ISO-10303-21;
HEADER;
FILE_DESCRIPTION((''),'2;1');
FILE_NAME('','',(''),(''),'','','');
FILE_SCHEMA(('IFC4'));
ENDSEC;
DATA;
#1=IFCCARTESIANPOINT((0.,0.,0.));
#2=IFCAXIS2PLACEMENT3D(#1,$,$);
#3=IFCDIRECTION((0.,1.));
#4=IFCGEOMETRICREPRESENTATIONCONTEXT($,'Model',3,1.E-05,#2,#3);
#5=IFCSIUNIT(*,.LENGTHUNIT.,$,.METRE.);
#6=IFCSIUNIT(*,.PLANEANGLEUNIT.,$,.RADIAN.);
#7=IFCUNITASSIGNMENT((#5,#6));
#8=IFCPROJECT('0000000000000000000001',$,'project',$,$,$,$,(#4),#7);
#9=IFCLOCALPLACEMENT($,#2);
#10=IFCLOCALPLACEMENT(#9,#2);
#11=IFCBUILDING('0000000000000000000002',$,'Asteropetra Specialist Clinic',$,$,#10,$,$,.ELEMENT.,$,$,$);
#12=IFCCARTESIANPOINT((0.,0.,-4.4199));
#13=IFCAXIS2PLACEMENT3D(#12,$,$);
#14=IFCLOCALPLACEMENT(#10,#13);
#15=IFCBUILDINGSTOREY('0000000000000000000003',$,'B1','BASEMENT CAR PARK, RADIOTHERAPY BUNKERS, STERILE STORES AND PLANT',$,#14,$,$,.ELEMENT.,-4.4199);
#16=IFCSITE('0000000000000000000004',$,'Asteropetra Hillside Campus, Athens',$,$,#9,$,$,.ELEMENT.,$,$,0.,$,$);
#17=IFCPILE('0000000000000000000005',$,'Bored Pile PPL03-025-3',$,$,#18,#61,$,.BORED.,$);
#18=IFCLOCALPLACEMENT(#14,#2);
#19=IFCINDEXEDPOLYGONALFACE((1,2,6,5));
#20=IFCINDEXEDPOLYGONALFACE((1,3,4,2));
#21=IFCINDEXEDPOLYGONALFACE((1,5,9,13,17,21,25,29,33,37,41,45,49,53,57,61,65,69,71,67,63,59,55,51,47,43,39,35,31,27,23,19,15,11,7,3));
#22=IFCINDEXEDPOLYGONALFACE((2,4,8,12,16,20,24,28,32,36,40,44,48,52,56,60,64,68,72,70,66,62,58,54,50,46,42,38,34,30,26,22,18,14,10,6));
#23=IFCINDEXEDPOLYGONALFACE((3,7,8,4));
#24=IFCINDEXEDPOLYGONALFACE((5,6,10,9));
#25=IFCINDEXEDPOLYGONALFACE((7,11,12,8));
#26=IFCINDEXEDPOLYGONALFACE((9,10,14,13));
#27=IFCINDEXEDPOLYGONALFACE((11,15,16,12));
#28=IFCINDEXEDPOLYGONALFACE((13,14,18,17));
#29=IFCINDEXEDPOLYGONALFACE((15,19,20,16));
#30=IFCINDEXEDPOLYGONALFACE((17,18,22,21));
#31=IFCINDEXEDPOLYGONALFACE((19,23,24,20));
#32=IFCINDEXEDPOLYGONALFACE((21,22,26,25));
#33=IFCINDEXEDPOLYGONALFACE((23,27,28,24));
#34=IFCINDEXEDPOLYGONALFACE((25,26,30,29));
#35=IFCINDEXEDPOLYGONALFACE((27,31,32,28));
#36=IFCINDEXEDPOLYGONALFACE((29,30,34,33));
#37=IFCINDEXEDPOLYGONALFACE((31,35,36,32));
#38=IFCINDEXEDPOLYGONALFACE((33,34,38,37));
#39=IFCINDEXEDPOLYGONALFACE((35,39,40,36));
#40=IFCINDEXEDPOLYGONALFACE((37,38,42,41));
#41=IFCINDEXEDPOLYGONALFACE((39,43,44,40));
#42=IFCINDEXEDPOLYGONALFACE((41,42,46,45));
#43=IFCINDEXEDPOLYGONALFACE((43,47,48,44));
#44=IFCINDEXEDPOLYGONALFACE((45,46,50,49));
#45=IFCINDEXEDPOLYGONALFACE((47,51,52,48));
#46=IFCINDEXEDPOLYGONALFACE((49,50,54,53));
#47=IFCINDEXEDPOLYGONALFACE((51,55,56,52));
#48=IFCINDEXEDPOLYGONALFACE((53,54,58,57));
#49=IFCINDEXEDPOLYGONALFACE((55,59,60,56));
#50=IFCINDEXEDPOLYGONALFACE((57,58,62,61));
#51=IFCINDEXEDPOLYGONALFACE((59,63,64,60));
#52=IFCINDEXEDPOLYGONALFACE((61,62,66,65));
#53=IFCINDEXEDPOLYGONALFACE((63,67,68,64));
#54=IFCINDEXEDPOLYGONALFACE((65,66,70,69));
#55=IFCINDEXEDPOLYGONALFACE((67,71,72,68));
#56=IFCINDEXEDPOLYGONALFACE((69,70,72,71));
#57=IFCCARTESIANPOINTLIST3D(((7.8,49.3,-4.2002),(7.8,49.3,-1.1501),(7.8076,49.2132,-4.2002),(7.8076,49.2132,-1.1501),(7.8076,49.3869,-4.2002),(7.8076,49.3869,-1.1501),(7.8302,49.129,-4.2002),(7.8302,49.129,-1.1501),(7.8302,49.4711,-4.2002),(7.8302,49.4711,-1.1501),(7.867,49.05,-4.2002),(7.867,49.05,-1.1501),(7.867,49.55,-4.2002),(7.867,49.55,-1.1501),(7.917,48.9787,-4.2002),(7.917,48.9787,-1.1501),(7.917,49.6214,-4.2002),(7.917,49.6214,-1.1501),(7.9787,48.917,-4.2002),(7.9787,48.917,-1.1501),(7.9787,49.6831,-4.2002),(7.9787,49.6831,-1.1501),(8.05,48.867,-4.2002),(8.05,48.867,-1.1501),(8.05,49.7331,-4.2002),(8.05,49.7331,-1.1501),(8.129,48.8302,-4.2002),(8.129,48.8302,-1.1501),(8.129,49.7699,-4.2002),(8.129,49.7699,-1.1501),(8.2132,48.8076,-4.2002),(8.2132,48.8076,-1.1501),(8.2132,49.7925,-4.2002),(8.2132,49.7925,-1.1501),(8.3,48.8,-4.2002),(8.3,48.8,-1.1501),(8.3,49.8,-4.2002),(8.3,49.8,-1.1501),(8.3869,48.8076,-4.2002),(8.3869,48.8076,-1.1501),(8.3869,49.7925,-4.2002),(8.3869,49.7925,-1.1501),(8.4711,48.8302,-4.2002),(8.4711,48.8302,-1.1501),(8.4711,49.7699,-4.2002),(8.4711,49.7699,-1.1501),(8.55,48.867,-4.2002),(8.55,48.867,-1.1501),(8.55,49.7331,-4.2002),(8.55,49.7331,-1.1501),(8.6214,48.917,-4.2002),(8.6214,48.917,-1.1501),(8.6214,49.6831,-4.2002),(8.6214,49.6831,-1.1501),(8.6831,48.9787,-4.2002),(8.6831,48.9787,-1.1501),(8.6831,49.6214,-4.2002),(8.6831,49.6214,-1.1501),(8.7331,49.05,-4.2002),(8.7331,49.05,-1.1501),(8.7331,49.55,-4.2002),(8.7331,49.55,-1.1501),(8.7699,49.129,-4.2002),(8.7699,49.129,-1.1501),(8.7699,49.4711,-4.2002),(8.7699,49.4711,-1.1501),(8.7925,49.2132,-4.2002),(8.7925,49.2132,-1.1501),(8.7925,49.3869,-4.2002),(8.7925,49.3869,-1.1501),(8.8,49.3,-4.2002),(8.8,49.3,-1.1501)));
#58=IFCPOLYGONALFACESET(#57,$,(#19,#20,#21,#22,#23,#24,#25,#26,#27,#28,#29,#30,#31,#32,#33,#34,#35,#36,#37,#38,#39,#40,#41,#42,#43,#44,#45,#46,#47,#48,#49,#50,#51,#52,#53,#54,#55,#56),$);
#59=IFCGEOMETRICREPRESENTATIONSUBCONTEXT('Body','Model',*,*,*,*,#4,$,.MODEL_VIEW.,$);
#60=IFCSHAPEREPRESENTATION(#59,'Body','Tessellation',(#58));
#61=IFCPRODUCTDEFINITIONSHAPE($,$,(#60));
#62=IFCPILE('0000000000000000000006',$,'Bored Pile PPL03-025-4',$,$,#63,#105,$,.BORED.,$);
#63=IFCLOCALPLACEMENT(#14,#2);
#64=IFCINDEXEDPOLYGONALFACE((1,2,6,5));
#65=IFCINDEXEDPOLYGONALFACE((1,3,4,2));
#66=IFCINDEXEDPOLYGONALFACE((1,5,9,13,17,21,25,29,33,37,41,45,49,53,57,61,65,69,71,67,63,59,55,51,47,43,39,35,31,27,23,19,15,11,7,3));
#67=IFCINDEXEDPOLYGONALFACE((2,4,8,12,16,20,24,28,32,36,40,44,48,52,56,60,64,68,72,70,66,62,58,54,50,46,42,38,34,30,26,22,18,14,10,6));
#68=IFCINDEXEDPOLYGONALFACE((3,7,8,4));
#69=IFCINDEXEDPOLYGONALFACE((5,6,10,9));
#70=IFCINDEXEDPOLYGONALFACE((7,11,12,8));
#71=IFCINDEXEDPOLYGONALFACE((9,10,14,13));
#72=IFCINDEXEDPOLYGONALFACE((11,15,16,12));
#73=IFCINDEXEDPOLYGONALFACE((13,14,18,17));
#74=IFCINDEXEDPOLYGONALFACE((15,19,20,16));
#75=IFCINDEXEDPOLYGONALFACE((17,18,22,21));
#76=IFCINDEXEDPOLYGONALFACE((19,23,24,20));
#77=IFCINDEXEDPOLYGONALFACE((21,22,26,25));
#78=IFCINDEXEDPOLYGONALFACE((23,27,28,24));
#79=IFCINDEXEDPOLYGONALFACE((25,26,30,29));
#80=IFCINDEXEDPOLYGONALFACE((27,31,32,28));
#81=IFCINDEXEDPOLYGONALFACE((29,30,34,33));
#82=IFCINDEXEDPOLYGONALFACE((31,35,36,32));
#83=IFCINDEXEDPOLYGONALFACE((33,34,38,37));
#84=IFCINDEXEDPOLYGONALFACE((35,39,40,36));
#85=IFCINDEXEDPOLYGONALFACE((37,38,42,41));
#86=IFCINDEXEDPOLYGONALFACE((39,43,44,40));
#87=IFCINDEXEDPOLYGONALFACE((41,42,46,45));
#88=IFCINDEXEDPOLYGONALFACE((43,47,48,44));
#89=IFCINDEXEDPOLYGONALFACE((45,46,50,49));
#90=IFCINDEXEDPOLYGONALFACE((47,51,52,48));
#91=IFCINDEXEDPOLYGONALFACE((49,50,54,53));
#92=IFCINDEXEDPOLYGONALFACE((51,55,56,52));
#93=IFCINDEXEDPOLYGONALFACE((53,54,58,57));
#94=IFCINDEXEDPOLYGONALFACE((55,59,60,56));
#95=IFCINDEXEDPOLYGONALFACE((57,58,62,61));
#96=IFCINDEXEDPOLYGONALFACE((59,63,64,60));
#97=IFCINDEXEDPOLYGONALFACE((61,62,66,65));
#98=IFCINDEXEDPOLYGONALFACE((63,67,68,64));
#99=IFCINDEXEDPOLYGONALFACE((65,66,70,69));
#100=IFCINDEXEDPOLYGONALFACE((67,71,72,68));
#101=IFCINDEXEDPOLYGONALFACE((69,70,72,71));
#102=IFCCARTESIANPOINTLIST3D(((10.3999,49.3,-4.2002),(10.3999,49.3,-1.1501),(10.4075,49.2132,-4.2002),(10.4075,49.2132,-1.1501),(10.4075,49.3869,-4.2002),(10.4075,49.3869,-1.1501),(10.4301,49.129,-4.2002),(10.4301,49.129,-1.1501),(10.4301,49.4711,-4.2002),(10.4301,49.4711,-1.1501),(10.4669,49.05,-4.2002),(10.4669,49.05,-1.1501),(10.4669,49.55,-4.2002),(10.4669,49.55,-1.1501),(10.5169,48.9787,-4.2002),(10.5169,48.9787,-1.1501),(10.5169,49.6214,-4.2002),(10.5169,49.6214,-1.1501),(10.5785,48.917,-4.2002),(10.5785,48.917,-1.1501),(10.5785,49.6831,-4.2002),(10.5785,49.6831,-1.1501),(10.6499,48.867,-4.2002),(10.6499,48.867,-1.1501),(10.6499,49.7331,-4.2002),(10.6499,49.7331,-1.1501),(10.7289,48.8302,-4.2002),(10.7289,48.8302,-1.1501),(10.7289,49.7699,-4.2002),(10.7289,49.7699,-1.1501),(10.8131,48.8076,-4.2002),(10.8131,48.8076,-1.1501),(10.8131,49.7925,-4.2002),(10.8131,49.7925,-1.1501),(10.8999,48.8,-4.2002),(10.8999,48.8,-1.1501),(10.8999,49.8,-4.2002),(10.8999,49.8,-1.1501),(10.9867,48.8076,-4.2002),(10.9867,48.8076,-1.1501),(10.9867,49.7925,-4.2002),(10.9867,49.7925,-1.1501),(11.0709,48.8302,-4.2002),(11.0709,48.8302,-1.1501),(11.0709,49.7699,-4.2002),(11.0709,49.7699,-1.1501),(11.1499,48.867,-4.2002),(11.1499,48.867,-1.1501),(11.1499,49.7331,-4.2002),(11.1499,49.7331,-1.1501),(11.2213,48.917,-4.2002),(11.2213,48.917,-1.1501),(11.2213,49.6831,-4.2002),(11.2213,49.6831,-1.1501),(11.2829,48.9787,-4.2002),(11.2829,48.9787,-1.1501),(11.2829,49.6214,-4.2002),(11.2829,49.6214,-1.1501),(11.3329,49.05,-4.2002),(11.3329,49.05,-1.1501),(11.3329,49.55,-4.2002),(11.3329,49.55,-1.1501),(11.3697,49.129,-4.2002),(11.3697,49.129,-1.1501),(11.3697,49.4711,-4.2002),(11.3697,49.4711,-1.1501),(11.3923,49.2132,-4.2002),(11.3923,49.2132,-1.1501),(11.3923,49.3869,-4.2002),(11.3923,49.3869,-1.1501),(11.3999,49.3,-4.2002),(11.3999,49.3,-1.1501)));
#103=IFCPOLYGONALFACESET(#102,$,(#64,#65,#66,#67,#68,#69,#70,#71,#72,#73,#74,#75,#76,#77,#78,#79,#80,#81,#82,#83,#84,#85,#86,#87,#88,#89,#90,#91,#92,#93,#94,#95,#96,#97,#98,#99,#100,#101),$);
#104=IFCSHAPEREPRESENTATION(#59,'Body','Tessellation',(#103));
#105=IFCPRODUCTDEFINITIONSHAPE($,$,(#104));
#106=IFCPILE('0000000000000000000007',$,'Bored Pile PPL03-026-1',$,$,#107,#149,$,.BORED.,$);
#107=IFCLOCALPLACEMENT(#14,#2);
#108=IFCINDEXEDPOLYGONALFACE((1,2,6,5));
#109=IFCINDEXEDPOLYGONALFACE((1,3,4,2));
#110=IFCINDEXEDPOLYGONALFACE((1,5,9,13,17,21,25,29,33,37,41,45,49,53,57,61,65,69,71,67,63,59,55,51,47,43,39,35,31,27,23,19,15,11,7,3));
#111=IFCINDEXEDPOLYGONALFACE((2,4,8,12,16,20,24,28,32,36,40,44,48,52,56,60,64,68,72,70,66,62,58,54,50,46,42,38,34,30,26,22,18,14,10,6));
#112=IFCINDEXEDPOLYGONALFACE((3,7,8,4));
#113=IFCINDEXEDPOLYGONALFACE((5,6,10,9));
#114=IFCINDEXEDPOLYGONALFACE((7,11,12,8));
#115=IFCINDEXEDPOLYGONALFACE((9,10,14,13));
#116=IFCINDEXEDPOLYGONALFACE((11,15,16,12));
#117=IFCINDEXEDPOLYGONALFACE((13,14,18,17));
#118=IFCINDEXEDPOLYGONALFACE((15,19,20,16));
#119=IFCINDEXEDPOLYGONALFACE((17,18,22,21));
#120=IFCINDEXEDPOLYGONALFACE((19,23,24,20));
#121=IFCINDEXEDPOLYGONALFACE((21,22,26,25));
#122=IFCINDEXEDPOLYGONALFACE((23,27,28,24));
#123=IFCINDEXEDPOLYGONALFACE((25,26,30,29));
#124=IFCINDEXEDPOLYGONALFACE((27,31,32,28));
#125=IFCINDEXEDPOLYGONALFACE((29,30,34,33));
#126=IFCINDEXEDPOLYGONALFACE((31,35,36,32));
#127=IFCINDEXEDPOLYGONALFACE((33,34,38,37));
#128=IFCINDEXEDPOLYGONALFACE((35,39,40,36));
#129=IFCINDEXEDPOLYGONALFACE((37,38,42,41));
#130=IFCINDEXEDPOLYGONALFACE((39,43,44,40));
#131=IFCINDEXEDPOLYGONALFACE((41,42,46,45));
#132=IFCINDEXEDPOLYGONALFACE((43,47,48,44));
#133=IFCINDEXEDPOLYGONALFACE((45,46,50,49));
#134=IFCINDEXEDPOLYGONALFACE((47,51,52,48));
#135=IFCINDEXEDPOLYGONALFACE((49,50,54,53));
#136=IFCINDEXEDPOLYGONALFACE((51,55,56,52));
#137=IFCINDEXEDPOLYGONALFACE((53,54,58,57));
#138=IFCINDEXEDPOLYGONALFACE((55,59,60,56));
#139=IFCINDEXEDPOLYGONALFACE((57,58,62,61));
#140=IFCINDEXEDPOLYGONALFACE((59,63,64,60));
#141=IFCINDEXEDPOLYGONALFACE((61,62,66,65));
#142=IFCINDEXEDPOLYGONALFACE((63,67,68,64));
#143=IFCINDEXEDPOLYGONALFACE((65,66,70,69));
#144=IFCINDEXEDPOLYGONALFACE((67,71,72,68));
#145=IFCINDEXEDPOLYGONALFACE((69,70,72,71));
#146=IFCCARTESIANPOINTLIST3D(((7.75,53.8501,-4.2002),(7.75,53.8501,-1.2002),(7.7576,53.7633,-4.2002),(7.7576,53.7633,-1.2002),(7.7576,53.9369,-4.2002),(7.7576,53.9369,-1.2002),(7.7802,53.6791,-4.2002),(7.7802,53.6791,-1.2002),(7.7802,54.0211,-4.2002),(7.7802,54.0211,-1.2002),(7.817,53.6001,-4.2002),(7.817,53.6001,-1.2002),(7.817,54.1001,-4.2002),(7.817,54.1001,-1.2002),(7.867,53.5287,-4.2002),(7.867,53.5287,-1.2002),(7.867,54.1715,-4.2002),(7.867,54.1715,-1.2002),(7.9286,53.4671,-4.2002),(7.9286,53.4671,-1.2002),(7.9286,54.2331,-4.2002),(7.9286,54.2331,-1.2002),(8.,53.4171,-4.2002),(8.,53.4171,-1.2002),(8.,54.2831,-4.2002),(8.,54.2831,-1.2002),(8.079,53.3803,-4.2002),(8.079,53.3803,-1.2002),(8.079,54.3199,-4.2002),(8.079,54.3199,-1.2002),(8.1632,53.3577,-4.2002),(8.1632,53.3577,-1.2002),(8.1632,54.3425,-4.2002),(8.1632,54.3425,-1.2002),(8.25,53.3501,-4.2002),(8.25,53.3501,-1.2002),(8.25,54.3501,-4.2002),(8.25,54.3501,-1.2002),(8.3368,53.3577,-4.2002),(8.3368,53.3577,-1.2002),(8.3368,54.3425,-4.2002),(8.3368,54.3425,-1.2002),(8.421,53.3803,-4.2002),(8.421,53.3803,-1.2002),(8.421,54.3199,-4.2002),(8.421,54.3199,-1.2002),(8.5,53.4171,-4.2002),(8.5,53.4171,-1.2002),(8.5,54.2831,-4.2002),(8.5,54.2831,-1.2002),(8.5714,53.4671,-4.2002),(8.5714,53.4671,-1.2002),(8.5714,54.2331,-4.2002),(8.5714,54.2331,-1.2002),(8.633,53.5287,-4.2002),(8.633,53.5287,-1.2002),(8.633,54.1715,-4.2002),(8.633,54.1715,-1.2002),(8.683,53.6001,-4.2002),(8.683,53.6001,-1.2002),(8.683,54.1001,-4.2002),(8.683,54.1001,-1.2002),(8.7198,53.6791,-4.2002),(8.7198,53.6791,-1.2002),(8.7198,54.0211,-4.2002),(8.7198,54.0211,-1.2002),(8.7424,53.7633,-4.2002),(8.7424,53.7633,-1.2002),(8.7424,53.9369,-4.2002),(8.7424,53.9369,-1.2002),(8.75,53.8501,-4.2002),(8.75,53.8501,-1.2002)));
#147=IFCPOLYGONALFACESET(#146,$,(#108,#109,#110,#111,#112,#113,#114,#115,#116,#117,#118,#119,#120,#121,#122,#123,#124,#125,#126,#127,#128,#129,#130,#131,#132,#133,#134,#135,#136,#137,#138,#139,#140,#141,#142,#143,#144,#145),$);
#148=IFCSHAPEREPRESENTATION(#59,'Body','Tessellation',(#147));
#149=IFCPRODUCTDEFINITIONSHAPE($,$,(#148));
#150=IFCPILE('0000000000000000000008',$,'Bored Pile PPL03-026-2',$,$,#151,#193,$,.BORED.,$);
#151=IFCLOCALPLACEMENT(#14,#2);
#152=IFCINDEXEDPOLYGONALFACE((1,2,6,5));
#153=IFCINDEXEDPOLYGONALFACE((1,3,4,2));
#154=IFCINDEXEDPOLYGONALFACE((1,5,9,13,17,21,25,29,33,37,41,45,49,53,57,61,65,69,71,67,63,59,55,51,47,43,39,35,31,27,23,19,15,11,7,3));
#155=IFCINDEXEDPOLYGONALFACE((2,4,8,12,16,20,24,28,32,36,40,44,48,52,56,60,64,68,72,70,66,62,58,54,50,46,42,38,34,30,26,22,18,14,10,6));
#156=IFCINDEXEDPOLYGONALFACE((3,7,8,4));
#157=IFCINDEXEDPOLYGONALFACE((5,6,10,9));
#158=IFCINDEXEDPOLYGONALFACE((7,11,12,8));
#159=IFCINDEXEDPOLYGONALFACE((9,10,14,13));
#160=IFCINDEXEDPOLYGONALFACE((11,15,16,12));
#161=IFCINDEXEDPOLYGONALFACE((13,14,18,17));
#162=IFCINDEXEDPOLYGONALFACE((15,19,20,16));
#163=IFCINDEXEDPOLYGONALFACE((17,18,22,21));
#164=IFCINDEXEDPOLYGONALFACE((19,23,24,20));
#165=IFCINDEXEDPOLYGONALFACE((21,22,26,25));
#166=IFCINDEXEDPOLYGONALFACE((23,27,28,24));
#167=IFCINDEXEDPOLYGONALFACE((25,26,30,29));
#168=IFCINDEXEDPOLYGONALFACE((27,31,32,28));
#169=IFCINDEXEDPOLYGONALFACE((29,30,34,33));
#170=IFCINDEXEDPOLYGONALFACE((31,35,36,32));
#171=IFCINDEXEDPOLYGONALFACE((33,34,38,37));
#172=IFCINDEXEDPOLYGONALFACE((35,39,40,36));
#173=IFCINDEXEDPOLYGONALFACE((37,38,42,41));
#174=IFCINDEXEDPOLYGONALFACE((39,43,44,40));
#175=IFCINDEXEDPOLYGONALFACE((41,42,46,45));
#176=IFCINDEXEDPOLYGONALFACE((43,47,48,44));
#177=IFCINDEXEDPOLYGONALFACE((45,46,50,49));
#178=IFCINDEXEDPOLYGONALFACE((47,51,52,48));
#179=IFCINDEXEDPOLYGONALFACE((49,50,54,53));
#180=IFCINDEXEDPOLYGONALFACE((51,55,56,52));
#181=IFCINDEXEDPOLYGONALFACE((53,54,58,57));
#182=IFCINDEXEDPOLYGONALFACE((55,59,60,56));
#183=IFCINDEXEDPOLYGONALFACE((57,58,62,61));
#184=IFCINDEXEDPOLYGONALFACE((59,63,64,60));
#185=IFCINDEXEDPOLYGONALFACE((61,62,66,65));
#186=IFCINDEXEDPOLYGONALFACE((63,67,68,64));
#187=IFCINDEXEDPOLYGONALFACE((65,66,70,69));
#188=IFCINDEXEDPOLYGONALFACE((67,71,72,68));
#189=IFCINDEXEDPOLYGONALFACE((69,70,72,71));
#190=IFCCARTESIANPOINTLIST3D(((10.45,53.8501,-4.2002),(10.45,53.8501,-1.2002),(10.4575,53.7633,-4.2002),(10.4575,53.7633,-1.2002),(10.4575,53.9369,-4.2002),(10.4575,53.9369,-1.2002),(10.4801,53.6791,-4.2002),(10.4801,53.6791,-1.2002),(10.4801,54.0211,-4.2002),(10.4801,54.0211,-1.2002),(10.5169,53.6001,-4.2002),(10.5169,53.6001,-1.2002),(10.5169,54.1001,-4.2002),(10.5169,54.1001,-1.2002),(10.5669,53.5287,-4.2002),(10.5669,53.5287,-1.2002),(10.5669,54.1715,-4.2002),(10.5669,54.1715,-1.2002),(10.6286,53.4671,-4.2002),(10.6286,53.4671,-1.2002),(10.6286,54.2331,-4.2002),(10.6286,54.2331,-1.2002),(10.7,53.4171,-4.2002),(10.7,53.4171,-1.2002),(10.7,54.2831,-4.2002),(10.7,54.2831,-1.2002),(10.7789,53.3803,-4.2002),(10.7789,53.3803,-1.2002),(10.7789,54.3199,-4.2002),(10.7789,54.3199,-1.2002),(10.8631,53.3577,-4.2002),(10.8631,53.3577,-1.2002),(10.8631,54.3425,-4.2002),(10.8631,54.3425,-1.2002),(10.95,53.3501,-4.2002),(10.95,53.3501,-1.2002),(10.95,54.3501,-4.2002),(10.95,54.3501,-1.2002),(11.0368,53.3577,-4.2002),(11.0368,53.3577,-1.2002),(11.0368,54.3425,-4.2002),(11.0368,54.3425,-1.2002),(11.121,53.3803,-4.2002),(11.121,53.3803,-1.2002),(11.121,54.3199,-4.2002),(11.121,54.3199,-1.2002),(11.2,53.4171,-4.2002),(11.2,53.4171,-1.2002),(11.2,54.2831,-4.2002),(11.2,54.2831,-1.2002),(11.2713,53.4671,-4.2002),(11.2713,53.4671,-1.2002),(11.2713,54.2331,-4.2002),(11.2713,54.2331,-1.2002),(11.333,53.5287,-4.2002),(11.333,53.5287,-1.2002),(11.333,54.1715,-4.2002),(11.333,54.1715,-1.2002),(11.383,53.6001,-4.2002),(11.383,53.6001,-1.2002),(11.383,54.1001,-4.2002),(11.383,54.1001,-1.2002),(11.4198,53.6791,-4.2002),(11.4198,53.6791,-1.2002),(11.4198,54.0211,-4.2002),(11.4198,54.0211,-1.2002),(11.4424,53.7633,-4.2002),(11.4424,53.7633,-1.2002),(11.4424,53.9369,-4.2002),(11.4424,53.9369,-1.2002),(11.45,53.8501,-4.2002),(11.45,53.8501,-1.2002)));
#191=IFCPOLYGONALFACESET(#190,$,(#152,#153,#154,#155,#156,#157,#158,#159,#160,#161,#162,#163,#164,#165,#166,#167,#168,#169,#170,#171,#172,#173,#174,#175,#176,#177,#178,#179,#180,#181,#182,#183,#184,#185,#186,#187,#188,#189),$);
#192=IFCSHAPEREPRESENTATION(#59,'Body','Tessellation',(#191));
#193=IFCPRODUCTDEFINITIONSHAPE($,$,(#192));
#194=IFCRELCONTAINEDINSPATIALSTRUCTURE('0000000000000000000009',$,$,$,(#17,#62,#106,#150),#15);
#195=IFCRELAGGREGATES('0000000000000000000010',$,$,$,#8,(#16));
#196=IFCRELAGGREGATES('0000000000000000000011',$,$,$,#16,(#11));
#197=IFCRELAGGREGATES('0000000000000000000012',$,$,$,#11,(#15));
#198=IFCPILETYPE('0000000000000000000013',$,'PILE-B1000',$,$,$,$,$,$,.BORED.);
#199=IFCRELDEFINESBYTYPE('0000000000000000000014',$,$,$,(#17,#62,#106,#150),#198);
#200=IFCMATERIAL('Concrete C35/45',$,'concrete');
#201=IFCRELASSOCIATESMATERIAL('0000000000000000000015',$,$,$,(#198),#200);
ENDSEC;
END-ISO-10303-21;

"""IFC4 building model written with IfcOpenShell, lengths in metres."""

from ifc_helpers import new_model, si_unit, direction, frame, origin, origin_2d, place, context, subcontext, project, spatial, circle, extrude, material, material_profile, profile_set, type_object, element, save


model = new_model("IFC4")

# Units and contexts
model_context = context("Model", 3, precision=1e-05, world=origin(), true_north=direction((0.0, 1.0)))
body_context = subcontext(model_context, "Body", "Model", "MODEL_VIEW")
ifc_project = project(units=[si_unit("LENGTHUNIT", "METRE"), si_unit("PLANEANGLEUNIT", "RADIAN")], contexts=[model_context])

# Site, building, storey
site_placement = place(None, origin())
site = spatial("IfcSite", under=ifc_project, at=site_placement, Name="Asteropetra Hillside Campus, Athens", CompositionType="ELEMENT", RefElevation=0.0)
building_placement = place(site_placement, origin())
building = spatial("IfcBuilding", under=site, at=building_placement, Name="Asteropetra Specialist Clinic", CompositionType="ELEMENT")
storey_placement = place(building_placement, frame((0.0, 0.0, -4.4199)))
storey = spatial("IfcBuildingStorey", under=building, at=storey_placement, Name="B1", Description="BASEMENT CAR PARK, RADIOTHERAPY BUNKERS, STERILE STORES AND PLANT", CompositionType="ELEMENT", Elevation=-4.4199)

# Piles
ifc_material_1 = material(Name="Concrete C35/45", Category="concrete")
ifc_material_profile_1 = material_profile(ifc_material_1, circle(Radius=0.5, at=origin_2d()), Name="PILE D1000")
ifc_profile_set_1 = profile_set([ifc_material_profile_1], Name="Concrete C35/45")
pile_type_1 = type_object("IfcPileType", Name="PILE-B1000", PredefinedType="BORED", material=ifc_profile_set_1)
for number, where, z_axis, x_axis, name in (
    (1, (8.3, 49.3, -1.1501), (0.0, 0.0, -1.0), (1.0, 0.0, 0.0), "Bored Pile PPL03-025-3"),
    (2, (10.8999, 49.3, -1.1501), (0.0, 0.0, -1.0), (1.0, 0.0, 0.0), "Bored Pile PPL03-025-4"),
):
    element("IfcPile", number, at=place(storey_placement, frame(where, z_axis=z_axis, x_axis=x_axis)), inside=storey, type_object=pile_type_1, Name=name, PredefinedType="BORED", context=body_context, shape_type="SweptSolid", body=[
        extrude(circle(Radius=0.5, at=origin_2d()), origin(), (0.0, 0.0, 1.0), 3.05),
    ])
for number, where, z_axis, x_axis, name in (
    (3, (8.25, 53.8501, -1.2002), (0.0, 0.0, -1.0), (1.0, 0.0, 0.0), "Bored Pile PPL03-026-1"),
    (4, (10.95, 53.8501, -1.2002), (0.0, 0.0, -1.0), (1.0, 0.0, 0.0), "Bored Pile PPL03-026-2"),
):
    element("IfcPile", number, at=place(storey_placement, frame(where, z_axis=z_axis, x_axis=x_axis)), inside=storey, type_object=pile_type_1, Name=name, PredefinedType="BORED", context=body_context, shape_type="SweptSolid", body=[
        extrude(circle(Radius=0.5, at=origin_2d()), origin(), (0.0, 0.0, 1.0), 3.0),
    ])

save(model, "model.ifc")
